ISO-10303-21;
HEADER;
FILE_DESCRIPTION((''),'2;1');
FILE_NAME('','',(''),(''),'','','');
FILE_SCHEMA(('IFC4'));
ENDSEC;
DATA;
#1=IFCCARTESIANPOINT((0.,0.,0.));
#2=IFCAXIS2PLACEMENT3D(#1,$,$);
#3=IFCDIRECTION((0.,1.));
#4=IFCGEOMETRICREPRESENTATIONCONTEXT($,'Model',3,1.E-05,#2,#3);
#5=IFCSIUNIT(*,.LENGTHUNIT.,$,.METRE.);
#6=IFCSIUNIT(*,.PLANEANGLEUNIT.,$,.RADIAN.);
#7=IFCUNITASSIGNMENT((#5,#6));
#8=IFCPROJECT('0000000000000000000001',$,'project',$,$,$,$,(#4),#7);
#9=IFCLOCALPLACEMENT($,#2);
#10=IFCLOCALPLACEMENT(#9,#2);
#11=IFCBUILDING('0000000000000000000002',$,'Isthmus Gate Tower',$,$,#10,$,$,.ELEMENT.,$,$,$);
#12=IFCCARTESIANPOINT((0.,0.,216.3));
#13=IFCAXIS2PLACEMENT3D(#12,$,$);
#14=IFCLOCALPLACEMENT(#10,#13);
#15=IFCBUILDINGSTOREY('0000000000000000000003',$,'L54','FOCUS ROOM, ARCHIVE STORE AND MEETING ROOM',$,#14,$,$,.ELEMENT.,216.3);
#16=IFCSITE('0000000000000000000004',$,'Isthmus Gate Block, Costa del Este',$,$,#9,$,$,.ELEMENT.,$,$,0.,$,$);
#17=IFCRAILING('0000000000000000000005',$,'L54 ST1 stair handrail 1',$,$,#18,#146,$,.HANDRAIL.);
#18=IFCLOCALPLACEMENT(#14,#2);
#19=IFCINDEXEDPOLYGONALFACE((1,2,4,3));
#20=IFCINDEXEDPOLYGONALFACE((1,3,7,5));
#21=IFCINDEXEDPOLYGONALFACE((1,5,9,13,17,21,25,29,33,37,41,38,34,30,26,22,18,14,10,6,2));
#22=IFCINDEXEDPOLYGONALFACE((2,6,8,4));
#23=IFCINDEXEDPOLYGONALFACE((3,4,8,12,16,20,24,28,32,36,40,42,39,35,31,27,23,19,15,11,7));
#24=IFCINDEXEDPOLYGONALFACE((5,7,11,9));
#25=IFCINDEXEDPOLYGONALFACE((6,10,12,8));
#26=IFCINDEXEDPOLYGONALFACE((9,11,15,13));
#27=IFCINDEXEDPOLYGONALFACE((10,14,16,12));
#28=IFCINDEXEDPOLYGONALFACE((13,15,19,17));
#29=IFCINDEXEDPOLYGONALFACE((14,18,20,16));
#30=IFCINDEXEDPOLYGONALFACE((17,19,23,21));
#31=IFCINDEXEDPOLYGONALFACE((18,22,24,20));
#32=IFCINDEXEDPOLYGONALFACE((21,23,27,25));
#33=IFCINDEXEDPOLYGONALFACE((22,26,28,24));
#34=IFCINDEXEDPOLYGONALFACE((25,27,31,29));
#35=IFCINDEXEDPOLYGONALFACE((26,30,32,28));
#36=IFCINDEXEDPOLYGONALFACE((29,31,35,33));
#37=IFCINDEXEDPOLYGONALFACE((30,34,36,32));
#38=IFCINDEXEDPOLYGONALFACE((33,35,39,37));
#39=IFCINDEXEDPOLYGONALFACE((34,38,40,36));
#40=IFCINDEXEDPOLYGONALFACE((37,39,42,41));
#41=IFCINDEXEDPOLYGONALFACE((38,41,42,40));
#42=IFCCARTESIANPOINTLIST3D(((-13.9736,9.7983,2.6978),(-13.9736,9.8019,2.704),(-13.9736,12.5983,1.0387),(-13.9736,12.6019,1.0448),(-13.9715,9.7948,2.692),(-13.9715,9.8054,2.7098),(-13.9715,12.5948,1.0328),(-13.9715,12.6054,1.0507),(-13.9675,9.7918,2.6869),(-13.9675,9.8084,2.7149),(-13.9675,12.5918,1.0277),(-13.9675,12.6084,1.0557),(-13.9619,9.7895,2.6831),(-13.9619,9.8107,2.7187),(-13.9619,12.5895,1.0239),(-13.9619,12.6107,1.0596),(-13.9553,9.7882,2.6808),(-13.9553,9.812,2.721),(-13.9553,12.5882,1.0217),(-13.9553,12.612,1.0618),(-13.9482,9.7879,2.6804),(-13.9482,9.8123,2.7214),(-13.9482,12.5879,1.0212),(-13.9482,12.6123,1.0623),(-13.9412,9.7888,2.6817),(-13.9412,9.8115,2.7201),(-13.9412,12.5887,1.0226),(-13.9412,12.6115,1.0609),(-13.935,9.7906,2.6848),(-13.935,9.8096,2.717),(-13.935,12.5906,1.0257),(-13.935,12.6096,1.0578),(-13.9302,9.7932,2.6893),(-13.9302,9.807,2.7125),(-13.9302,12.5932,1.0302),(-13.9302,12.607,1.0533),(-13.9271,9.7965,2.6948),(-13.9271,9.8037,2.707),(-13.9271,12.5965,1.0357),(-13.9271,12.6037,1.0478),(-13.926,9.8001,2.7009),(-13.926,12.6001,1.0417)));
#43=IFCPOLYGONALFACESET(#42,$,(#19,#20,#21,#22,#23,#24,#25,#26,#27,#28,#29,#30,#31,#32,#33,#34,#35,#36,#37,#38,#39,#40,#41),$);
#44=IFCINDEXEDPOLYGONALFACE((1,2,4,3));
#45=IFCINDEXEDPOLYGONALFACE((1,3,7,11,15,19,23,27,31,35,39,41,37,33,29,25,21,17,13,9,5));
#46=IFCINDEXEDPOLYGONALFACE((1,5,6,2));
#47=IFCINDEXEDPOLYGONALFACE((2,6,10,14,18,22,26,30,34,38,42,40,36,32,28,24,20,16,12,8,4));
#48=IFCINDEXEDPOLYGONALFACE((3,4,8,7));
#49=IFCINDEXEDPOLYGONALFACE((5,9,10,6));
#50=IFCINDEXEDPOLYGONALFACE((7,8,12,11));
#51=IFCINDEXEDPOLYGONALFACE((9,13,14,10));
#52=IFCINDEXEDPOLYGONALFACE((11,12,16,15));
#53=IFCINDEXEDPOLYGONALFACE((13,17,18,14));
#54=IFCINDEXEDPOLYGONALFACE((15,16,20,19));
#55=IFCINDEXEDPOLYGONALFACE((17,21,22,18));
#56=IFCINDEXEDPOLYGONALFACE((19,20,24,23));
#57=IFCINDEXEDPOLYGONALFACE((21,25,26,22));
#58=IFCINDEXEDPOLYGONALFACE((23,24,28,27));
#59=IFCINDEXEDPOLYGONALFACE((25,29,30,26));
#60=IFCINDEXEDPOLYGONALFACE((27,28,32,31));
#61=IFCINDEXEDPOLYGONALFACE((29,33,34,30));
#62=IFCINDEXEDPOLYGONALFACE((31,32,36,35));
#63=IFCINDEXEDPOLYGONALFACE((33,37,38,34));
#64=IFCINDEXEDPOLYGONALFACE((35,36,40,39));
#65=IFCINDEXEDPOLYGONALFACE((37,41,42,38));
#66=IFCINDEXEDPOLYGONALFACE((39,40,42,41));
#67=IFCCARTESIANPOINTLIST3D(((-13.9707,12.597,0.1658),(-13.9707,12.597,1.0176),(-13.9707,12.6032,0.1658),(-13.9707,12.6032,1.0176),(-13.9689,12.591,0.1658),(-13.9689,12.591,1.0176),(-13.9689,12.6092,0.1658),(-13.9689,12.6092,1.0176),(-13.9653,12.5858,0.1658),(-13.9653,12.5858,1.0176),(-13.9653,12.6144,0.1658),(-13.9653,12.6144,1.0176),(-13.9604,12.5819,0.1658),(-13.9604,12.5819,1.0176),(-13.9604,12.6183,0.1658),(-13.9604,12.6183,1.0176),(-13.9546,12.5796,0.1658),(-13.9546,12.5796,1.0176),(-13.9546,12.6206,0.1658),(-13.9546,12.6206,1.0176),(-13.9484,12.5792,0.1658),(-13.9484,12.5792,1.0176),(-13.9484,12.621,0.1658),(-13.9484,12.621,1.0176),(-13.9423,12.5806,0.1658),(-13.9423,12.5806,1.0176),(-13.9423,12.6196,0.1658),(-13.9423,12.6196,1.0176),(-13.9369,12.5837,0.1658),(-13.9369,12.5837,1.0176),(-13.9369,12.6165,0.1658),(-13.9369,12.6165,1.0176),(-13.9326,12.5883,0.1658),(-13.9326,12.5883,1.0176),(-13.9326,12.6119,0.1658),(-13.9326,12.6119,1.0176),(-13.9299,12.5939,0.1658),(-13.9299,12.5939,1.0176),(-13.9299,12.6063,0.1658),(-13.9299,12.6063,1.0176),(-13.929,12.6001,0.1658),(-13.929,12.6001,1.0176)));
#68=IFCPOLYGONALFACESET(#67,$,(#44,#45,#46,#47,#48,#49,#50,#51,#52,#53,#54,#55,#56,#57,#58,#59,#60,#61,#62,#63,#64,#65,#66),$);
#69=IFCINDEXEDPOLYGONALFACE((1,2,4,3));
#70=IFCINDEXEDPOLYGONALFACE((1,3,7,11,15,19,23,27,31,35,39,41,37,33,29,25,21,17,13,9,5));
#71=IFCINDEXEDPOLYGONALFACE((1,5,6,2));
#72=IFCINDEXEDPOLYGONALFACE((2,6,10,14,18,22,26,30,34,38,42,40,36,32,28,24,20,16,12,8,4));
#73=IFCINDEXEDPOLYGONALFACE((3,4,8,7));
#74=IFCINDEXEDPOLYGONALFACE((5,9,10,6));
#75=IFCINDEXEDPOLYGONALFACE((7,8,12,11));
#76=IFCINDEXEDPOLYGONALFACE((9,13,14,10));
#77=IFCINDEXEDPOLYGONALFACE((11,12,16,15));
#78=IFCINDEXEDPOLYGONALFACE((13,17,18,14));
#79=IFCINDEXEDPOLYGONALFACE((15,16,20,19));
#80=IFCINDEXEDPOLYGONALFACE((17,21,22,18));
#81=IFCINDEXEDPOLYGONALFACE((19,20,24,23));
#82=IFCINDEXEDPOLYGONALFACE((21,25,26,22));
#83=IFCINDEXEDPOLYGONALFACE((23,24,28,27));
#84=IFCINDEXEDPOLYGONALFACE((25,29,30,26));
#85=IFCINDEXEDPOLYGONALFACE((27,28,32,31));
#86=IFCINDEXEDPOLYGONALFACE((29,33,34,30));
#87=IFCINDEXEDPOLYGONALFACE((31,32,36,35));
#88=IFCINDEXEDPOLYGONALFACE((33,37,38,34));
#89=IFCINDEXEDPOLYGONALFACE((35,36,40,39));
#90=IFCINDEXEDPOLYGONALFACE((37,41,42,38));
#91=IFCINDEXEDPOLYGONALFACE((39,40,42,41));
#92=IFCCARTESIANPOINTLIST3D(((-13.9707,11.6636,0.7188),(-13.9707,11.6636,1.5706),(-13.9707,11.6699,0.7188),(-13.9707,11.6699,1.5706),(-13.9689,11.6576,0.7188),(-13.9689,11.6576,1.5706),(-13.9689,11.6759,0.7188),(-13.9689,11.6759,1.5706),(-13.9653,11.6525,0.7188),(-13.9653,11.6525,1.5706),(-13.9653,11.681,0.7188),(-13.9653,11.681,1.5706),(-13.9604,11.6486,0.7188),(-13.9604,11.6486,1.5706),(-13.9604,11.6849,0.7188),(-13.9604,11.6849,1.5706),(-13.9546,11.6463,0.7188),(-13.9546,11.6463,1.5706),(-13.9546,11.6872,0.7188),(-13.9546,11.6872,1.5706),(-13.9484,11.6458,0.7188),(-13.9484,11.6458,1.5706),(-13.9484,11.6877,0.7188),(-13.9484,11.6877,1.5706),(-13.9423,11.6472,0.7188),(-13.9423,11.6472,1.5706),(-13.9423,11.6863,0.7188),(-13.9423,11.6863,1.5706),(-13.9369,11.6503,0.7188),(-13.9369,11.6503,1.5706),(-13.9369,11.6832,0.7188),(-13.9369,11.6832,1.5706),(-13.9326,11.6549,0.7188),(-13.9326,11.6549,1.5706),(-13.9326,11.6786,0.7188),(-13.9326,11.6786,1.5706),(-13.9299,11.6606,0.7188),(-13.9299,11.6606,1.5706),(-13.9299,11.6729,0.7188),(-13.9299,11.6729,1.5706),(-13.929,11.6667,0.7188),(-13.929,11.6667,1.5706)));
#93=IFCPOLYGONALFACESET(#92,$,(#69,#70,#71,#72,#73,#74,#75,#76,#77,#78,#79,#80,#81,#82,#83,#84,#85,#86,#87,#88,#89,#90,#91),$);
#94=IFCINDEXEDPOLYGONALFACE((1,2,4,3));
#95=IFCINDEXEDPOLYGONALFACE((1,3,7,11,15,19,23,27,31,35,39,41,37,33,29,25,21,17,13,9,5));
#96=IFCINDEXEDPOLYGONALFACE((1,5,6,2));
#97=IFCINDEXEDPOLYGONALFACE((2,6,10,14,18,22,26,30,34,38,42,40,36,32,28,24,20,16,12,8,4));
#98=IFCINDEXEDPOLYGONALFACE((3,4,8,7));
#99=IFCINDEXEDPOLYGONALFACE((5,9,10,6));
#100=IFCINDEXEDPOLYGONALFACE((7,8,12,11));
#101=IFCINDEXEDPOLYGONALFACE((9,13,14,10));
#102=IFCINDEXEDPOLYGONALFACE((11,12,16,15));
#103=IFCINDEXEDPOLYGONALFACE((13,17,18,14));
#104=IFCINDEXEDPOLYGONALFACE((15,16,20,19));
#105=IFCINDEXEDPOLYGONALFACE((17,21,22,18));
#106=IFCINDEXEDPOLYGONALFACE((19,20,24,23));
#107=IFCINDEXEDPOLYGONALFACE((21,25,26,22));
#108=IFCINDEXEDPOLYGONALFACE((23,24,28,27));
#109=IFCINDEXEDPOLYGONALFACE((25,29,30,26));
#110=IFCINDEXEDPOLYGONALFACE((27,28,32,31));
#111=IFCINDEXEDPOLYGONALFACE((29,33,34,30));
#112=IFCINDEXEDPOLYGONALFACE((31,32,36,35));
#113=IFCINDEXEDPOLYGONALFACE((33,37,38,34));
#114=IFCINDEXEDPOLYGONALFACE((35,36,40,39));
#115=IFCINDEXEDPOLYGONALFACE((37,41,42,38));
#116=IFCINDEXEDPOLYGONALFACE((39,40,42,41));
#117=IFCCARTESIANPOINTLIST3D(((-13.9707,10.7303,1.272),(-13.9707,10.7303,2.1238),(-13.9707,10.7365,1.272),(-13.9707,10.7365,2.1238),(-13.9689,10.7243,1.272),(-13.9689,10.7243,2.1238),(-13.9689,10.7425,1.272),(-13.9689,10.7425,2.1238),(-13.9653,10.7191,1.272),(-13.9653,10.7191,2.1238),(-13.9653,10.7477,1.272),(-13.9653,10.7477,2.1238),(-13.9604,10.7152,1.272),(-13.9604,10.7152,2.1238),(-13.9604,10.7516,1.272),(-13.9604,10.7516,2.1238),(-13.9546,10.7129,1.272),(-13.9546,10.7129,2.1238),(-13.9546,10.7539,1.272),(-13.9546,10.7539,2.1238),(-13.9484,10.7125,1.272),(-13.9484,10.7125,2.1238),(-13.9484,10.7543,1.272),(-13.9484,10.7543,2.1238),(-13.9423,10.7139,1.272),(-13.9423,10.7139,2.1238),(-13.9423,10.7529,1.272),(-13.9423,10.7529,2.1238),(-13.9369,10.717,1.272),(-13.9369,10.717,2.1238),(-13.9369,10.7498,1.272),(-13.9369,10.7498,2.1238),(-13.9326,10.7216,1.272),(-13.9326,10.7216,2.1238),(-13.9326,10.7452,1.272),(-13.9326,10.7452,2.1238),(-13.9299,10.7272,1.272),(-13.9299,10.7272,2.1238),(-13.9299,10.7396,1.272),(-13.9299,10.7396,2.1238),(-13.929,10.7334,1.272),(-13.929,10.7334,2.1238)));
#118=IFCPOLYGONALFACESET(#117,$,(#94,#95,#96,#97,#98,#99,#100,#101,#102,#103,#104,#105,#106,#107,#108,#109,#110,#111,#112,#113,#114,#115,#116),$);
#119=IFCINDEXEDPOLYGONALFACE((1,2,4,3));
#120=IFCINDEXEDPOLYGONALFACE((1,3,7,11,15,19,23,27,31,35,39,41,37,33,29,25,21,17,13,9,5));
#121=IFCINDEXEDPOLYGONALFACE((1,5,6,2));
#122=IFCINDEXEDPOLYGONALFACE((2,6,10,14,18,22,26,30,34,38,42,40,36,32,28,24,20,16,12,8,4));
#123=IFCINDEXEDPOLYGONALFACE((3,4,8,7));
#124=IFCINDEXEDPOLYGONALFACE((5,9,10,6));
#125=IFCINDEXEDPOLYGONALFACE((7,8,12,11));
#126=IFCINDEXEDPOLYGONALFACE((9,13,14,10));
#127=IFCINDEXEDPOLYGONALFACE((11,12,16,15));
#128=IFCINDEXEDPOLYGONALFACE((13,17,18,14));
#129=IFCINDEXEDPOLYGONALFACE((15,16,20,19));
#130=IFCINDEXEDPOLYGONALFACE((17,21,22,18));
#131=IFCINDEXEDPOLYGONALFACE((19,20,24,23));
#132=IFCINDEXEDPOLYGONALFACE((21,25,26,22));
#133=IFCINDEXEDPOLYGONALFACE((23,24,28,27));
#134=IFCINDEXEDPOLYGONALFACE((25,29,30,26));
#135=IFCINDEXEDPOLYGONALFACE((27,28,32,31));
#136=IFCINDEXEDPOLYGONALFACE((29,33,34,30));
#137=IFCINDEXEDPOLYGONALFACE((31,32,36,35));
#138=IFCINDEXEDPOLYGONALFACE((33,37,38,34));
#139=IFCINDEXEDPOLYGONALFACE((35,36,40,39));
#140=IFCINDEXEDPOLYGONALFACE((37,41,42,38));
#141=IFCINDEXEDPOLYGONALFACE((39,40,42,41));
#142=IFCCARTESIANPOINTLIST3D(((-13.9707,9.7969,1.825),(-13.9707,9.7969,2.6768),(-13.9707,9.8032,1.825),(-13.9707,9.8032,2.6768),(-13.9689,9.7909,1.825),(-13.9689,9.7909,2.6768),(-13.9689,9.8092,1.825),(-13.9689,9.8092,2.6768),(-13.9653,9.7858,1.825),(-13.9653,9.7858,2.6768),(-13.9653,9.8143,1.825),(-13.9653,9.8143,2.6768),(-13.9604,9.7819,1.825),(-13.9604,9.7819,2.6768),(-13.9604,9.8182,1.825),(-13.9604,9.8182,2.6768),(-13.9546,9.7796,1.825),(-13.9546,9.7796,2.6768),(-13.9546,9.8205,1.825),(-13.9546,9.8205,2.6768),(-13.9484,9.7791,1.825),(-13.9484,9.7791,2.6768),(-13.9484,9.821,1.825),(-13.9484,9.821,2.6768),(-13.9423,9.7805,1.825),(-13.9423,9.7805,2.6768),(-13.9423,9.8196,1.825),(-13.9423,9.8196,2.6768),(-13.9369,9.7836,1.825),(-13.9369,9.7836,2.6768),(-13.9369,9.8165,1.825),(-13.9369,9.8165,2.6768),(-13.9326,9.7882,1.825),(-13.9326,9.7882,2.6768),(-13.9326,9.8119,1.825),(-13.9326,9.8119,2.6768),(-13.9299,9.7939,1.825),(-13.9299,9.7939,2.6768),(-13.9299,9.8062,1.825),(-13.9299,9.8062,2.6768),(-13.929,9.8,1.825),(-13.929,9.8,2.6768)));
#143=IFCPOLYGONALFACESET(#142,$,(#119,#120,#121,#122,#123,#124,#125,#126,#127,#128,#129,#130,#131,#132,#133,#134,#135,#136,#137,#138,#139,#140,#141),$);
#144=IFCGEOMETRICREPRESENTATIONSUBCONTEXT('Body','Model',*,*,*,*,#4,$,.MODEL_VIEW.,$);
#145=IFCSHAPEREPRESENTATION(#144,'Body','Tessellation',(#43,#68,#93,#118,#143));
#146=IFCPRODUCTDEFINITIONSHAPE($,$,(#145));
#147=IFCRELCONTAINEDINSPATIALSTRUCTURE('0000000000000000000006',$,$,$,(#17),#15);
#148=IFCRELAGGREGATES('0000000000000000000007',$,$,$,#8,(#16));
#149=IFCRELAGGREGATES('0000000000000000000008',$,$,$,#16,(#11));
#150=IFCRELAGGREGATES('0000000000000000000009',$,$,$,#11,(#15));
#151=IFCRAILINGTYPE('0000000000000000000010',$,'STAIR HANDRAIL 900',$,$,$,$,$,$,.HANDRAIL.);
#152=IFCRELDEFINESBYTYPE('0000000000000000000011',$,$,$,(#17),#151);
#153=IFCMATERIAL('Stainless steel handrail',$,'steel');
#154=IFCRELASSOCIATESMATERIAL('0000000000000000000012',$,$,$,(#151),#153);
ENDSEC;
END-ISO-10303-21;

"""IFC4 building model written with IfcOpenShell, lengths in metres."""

from ifc_helpers import new_model, si_unit, direction, frame, origin, origin_2d, place, context, subcontext, project, spatial, circle, extrude, material, type_object, element, save


model = new_model("IFC4")

# Units and contexts
model_context = context("Model", 3, precision=1e-05, world=origin(), true_north=direction((0.0, 1.0)))
body_context = subcontext(model_context, "Body", "Model", "MODEL_VIEW")
ifc_project = project(units=[si_unit("LENGTHUNIT", "METRE"), si_unit("PLANEANGLEUNIT", "RADIAN")], contexts=[model_context])

# Site, building, storey
site_placement = place(None, origin())
site = spatial("IfcSite", under=ifc_project, at=site_placement, Name="Isthmus Gate Block, Costa del Este", CompositionType="ELEMENT", RefElevation=0.0)
building_placement = place(site_placement, origin())
building = spatial("IfcBuilding", under=site, at=building_placement, Name="Isthmus Gate Tower", CompositionType="ELEMENT")
storey_placement = place(building_placement, frame((0.0, 0.0, 216.3)))
storey = spatial("IfcBuildingStorey", under=building, at=storey_placement, Name="L54", Description="FOCUS ROOM, ARCHIVE STORE AND MEETING ROOM", CompositionType="ELEMENT", Elevation=216.3)

# Railing
ifc_material_1 = material(Name="Stainless steel handrail", Category="steel")
railing_type = type_object("IfcRailingType", Name="STAIR HANDRAIL 900", PredefinedType="HANDRAIL", material=ifc_material_1)
railing_1_placement = place(storey_placement, frame((-13.95, 12.6001, 0.1658)))
element("IfcRailing", 1, at=railing_1_placement, inside=storey, type_object=railing_type, Name="L54 ST1 stair handrail 1", PredefinedType="HANDRAIL", context=body_context, shape_type="SweptSolid", body=[
    extrude(circle(Radius=0.0239, at=origin_2d()), frame((0.0, 0.0, 0.876), z_axis=(0.0, -0.860306, 0.509778), x_axis=(1.0, 0.0, 0.0)), (0.0, 0.0, 1.0), 3.2546),
    extrude(circle(Radius=0.021, at=origin_2d()), origin(), (0.0, 0.0, 1.0), 0.8518),
    extrude(circle(Radius=0.021, at=origin_2d()), frame((0.0, -0.9333, 0.553)), (0.0, 0.0, 1.0), 0.8518),
    extrude(circle(Radius=0.021, at=origin_2d()), frame((0.0, -1.8667, 1.1062)), (0.0, 0.0, 1.0), 0.8518),
    extrude(circle(Radius=0.021, at=origin_2d()), frame((0.0, -2.8, 1.6592)), (0.0, 0.0, 1.0), 0.8518),
])

save(model, "model.ifc")
